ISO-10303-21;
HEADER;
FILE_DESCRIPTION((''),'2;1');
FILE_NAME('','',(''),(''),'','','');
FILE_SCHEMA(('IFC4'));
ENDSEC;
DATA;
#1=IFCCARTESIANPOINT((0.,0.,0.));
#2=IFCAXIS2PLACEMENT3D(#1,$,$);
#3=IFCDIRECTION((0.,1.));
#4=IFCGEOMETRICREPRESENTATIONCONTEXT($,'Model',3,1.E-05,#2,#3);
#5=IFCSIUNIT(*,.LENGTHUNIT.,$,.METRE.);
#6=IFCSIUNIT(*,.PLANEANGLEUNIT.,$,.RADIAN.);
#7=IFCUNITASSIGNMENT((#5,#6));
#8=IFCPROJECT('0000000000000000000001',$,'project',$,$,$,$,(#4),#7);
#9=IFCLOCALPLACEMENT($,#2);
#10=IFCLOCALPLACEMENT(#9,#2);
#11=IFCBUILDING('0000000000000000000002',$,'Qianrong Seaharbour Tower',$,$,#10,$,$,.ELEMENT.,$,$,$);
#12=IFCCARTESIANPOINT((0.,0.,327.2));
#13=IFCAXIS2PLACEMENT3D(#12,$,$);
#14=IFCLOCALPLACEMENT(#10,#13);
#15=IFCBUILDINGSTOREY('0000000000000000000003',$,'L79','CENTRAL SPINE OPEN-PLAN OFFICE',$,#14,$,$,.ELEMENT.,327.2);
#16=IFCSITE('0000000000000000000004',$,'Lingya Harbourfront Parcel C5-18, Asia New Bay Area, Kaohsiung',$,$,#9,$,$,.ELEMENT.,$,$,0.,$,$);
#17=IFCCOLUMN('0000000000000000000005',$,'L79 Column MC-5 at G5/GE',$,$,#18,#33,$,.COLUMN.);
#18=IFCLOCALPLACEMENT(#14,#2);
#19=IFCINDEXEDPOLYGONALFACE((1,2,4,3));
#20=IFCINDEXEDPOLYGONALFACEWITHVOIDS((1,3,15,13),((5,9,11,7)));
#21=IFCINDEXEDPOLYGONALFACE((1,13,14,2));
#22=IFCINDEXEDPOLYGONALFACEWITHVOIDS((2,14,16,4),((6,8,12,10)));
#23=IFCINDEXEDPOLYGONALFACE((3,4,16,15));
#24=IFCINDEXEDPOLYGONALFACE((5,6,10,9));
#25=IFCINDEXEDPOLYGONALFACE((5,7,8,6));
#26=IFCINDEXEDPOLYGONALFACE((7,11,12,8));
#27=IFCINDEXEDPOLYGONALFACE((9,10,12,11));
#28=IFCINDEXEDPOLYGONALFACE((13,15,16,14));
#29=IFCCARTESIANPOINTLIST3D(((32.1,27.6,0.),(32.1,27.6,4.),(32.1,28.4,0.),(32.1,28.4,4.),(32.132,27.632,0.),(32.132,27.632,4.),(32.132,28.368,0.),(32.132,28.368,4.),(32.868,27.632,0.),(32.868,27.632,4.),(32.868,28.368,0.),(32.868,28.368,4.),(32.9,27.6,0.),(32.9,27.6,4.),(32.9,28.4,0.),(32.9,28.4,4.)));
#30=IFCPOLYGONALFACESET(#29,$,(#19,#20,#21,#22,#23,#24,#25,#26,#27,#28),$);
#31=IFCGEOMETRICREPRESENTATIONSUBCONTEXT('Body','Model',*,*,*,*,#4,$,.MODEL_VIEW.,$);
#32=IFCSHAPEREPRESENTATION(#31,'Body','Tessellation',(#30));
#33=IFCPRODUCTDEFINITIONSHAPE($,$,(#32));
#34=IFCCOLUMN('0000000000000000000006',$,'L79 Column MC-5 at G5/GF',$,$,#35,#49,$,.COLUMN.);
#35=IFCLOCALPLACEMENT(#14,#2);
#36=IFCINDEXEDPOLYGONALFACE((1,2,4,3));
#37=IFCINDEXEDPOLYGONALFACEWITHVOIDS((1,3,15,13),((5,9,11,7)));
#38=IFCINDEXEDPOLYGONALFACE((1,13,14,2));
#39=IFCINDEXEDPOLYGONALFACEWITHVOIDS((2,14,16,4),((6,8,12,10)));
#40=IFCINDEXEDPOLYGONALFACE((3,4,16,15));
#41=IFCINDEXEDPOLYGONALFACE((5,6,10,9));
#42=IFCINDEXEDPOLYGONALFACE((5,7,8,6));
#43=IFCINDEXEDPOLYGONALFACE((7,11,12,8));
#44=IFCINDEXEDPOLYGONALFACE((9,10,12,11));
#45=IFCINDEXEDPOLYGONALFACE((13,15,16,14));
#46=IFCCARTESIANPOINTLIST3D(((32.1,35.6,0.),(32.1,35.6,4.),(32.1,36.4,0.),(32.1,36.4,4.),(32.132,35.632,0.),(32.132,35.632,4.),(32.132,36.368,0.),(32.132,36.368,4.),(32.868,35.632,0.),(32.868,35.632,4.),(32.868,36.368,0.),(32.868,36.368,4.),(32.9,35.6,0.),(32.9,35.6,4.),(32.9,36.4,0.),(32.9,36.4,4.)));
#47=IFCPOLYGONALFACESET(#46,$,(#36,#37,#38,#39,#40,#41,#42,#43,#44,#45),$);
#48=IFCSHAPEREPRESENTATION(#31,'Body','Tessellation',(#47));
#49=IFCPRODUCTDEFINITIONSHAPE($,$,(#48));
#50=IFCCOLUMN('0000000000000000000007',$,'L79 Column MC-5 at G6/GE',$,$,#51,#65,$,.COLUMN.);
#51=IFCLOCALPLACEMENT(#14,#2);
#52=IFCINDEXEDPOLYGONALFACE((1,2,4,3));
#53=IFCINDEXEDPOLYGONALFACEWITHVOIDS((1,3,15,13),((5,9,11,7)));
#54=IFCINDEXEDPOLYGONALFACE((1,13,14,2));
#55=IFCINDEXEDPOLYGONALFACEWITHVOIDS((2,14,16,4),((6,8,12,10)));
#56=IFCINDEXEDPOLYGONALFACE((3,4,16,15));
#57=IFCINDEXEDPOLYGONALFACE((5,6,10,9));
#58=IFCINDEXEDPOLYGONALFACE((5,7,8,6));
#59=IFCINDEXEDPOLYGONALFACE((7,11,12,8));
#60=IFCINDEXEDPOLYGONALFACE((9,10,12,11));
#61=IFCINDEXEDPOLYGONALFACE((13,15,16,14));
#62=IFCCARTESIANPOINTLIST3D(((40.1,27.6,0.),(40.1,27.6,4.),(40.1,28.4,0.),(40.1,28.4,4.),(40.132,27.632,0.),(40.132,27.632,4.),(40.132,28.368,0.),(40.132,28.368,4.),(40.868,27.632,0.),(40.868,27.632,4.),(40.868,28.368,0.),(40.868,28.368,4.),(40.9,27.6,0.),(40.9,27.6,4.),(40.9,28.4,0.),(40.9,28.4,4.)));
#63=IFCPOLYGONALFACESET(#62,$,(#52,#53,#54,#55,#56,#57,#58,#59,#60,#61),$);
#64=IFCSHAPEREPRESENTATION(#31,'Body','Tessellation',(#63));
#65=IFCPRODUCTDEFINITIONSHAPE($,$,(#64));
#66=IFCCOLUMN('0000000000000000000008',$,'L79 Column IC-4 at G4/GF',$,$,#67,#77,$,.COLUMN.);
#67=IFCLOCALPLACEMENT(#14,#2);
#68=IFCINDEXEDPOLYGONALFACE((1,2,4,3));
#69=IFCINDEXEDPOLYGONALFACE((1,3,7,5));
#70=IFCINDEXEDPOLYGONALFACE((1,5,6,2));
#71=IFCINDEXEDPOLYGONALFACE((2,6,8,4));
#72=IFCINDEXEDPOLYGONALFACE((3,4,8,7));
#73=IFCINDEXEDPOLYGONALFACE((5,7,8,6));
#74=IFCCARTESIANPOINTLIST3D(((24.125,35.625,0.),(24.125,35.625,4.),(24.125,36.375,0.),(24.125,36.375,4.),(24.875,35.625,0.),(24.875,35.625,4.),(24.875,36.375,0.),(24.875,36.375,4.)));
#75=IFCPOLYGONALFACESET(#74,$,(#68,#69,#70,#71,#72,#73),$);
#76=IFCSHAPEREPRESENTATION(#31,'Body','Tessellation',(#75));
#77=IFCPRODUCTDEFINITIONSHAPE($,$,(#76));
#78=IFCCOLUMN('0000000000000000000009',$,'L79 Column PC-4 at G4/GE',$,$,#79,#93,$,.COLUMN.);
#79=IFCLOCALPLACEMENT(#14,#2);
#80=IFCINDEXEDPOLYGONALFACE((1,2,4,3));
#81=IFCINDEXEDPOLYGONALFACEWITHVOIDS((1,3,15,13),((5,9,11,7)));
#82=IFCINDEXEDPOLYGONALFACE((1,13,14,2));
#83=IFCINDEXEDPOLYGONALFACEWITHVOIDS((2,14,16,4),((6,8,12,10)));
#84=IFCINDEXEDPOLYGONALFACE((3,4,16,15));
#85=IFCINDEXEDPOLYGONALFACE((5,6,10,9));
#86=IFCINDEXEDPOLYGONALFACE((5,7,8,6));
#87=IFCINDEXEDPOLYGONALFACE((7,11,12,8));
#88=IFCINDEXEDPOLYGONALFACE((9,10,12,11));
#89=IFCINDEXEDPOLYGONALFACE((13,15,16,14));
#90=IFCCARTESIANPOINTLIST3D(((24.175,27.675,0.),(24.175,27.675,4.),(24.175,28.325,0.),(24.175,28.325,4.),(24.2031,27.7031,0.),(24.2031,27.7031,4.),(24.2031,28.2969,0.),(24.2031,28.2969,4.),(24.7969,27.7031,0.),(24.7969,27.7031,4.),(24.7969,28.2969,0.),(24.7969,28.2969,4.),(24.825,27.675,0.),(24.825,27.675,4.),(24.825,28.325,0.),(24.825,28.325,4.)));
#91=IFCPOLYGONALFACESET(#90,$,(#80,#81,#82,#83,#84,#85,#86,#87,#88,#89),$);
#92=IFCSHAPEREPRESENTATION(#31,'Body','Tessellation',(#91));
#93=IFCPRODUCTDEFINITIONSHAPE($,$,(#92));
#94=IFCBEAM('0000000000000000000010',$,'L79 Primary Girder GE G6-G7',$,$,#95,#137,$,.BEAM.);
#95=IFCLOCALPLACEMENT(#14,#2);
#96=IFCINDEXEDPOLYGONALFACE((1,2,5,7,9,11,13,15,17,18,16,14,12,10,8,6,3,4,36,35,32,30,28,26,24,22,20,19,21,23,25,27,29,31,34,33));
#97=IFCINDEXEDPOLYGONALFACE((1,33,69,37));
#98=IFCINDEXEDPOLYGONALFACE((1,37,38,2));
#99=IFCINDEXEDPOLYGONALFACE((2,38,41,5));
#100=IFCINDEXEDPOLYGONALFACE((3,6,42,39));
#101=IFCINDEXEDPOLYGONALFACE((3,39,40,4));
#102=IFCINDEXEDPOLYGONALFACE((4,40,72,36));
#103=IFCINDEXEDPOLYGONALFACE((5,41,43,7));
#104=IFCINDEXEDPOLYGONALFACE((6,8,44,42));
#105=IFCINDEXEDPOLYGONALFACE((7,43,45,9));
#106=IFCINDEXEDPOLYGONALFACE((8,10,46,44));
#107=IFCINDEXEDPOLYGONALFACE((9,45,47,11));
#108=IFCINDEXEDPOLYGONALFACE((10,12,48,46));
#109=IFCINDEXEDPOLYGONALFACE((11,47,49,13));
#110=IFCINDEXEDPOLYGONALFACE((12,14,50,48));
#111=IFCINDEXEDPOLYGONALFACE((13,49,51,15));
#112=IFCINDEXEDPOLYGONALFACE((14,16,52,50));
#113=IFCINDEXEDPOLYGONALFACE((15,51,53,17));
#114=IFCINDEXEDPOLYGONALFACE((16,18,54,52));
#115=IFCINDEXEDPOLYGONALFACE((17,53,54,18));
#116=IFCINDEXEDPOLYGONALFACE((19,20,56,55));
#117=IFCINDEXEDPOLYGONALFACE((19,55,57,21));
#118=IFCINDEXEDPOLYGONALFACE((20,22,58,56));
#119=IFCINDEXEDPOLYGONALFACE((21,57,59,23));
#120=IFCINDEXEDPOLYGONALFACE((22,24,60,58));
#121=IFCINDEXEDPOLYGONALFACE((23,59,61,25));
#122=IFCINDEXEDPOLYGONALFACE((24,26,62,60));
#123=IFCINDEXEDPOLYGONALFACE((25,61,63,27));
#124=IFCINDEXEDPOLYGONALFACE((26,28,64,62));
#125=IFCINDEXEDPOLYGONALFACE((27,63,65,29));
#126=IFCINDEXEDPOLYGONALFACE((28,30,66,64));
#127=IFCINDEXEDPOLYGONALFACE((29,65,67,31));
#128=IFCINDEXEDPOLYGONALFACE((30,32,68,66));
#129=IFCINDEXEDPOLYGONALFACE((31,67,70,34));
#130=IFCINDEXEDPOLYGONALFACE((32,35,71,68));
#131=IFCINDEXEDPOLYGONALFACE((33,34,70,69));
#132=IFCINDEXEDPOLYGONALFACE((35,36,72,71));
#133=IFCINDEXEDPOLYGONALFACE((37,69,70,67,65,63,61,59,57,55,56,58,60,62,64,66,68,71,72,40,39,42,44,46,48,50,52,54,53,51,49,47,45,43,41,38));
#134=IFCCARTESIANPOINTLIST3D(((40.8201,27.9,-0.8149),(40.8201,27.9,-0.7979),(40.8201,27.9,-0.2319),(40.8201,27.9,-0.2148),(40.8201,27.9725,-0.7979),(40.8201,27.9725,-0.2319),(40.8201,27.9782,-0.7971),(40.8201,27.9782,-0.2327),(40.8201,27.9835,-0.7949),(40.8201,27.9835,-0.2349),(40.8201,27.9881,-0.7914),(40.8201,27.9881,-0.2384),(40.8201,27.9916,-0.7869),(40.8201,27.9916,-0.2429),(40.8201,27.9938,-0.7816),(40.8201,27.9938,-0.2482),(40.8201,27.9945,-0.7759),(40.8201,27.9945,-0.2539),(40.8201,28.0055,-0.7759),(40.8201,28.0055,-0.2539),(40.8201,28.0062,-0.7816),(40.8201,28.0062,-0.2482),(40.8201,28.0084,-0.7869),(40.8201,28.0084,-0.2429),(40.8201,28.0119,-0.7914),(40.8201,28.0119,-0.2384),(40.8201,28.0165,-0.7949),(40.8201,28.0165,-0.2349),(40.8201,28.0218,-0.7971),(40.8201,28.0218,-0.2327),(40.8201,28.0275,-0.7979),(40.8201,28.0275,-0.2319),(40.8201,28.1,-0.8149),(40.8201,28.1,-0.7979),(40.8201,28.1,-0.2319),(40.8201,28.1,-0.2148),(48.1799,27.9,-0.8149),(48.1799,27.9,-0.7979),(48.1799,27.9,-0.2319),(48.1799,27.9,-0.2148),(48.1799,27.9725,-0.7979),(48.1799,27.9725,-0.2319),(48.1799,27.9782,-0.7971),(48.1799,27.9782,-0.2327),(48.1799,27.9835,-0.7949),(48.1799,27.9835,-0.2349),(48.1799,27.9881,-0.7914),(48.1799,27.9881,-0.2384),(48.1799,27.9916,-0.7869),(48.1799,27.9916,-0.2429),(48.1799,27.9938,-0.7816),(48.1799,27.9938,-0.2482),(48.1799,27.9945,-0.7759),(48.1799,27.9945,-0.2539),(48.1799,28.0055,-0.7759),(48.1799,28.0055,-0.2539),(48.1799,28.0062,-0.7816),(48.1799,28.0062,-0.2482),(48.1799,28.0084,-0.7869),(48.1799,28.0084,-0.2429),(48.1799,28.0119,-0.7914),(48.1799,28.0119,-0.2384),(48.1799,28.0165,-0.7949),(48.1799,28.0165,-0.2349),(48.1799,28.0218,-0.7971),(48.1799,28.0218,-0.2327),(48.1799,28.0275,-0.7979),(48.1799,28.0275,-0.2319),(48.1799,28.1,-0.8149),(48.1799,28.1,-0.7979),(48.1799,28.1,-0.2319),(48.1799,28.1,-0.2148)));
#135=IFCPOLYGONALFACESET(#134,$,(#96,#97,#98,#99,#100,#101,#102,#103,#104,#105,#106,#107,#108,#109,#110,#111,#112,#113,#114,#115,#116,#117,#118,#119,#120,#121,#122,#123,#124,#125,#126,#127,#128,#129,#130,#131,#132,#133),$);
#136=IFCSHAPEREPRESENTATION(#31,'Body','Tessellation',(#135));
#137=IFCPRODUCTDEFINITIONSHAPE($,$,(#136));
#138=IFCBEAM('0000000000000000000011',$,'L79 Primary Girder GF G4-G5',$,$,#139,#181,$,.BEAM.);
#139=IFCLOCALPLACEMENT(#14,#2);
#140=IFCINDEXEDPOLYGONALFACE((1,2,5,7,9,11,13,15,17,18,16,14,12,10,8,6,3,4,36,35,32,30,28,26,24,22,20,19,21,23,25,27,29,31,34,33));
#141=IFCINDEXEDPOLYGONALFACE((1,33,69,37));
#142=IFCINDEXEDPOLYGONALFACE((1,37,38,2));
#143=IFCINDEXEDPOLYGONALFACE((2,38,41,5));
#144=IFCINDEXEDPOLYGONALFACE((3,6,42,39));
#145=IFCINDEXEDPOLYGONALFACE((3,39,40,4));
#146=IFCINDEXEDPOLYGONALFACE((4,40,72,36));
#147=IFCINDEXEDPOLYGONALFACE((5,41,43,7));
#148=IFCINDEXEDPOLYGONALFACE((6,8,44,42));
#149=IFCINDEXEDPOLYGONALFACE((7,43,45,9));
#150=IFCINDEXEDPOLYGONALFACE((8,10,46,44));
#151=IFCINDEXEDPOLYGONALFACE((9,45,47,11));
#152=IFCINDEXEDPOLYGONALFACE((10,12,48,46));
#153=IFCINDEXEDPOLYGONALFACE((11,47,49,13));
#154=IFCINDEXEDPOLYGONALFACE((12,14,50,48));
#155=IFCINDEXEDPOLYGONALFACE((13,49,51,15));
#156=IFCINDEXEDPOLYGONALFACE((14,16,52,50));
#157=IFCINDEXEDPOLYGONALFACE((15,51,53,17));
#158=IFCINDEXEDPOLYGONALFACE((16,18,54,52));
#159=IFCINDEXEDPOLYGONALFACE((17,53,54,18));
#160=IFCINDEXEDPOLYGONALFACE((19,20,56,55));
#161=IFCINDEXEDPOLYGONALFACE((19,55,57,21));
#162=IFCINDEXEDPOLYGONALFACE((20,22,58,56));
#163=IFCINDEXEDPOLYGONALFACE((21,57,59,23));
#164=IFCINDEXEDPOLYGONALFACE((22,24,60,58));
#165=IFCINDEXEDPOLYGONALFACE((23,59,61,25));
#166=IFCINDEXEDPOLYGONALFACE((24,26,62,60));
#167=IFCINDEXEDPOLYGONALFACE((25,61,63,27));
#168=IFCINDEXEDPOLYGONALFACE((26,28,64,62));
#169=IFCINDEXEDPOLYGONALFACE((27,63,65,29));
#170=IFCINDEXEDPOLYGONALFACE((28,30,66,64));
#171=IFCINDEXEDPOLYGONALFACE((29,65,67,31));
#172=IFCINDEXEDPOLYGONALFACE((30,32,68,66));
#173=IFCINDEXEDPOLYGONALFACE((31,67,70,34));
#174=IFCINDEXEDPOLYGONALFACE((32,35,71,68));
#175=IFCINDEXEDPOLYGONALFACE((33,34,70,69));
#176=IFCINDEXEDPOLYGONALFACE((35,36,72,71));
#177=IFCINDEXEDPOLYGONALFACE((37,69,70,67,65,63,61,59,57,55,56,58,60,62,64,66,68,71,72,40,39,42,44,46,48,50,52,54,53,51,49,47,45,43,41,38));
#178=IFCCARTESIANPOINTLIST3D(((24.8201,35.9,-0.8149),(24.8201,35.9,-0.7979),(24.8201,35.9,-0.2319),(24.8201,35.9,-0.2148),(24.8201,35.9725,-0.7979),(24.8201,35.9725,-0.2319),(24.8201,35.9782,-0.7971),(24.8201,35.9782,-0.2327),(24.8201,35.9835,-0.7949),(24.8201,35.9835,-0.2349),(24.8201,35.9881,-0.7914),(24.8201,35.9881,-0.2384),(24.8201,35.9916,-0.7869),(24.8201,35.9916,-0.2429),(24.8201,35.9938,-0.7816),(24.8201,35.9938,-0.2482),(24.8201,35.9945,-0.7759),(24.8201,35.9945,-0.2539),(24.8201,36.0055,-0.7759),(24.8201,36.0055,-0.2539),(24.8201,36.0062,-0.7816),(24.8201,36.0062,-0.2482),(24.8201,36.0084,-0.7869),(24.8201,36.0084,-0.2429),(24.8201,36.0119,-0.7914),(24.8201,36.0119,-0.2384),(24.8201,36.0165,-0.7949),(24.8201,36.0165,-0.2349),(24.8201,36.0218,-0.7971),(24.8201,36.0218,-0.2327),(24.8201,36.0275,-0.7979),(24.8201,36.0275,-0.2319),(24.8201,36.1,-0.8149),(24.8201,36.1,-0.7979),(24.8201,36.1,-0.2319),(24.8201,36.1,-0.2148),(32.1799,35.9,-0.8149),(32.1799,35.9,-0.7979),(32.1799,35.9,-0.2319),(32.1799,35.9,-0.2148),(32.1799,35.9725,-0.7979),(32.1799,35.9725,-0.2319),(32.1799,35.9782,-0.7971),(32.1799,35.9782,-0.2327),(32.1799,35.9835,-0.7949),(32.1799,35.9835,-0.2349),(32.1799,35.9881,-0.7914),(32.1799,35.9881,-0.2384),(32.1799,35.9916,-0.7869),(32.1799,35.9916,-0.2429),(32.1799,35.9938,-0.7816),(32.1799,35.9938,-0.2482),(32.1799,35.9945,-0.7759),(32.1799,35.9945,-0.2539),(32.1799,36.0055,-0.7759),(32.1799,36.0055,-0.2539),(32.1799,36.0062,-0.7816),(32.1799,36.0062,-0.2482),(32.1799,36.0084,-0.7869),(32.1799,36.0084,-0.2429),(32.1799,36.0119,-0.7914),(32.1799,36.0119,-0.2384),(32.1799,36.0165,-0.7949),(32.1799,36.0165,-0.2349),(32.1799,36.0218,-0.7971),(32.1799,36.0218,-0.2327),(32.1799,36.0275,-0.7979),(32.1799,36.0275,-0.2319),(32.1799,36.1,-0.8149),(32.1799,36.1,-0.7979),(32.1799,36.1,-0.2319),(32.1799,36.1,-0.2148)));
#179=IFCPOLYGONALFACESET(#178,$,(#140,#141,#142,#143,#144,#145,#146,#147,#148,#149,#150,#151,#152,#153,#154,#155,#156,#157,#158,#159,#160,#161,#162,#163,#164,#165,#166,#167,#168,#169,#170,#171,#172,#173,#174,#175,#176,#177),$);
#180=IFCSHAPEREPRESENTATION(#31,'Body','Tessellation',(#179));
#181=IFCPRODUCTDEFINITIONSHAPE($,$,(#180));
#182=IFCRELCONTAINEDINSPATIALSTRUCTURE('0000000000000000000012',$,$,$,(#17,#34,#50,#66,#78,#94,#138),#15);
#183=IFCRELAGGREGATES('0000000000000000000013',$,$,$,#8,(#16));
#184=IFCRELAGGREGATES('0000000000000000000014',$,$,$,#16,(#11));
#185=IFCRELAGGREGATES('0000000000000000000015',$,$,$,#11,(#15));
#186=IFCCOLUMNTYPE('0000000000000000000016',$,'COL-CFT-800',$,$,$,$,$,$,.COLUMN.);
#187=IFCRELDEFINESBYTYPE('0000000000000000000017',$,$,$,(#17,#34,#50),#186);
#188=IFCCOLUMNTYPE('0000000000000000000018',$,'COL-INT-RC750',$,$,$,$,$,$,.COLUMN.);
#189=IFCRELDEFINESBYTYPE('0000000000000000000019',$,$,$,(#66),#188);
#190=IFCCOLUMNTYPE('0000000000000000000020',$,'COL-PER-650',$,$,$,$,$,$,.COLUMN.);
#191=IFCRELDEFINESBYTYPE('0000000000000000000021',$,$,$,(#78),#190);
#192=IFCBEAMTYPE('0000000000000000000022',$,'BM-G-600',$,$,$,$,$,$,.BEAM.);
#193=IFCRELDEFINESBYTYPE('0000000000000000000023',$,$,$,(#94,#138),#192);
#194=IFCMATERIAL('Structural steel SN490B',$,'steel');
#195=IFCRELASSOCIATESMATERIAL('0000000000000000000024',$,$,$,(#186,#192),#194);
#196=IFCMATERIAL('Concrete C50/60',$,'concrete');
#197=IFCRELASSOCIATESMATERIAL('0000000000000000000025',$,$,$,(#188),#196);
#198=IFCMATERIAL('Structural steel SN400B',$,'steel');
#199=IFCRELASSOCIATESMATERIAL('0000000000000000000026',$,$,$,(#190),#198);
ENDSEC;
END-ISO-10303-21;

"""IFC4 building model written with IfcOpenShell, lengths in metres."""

from ifc_helpers import new_model, si_unit, direction, frame, origin, origin_2d, place, context, subcontext, project, spatial, rectangle, hollow_rectangle, i_section, extrude, material, material_profile, profile_set, type_object, element, save


model = new_model("IFC4")

# Units and contexts
model_context = context("Model", 3, precision=1e-05, world=origin(), true_north=direction((0.0, 1.0)))
body_context = subcontext(model_context, "Body", "Model", "MODEL_VIEW")
ifc_project = project(units=[si_unit("LENGTHUNIT", "METRE"), si_unit("PLANEANGLEUNIT", "RADIAN")], contexts=[model_context])

# Site, building, storey
site_placement = place(None, origin())
site = spatial("IfcSite", under=ifc_project, at=site_placement, Name="Lingya Harbourfront Parcel C5-18, Asia New Bay Area, Kaohsiung", CompositionType="ELEMENT", RefElevation=0.0)
building_placement = place(site_placement, origin())
building = spatial("IfcBuilding", under=site, at=building_placement, Name="Qianrong Seaharbour Tower", CompositionType="ELEMENT")
storey_placement = place(building_placement, frame((0.0, 0.0, 327.2)))
storey = spatial("IfcBuildingStorey", under=building, at=storey_placement, Name="L79", Description="CENTRAL SPINE OPEN-PLAN OFFICE", CompositionType="ELEMENT", Elevation=327.2)

# Columns
ifc_material_1 = material(Name="Structural steel SN490B", Category="steel")
ifc_material_profile_1 = material_profile(ifc_material_1, hollow_rectangle(XDim=0.8, YDim=0.8, WallThickness=0.032, at=origin_2d()), Name="BOX800x800x32")
ifc_profile_set_1 = profile_set([ifc_material_profile_1], Name="Structural steel SN490B")
column_type_1 = type_object("IfcColumnType", Name="COL-CFT-800", PredefinedType="COLUMN", material=ifc_profile_set_1)
for number, where, z_axis, x_axis, name in (
    (1, (32.5, 28.0, 0.0), (0.0, 0.0, 1.0), (1.0, 0.0, 0.0), "L79 Column MC-5 at G5/GE"),
    (2, (32.5, 36.0, 0.0), (0.0, 0.0, 1.0), (1.0, 0.0, 0.0), "L79 Column MC-5 at G5/GF"),
    (3, (40.5, 28.0, 0.0), (0.0, 0.0, 1.0), (1.0, 0.0, 0.0), "L79 Column MC-5 at G6/GE"),
):
    element("IfcColumn", number, at=place(storey_placement, frame(where, z_axis=z_axis, x_axis=x_axis)), inside=storey, type_object=column_type_1, Name=name, PredefinedType="COLUMN", context=body_context, shape_type="SweptSolid", body=[
        extrude(hollow_rectangle(XDim=0.8, YDim=0.8, WallThickness=0.032, at=origin_2d()), origin(), (0.0, 0.0, 1.0), 4.0),
    ])
ifc_material_2 = material(Name="Concrete C50/60", Category="concrete")
ifc_material_profile_2 = material_profile(ifc_material_2, rectangle(XDim=0.75, YDim=0.75, at=origin_2d()), Name="RC750x750")
ifc_profile_set_2 = profile_set([ifc_material_profile_2], Name="Concrete C50/60")
column_type_2 = type_object("IfcColumnType", Name="COL-INT-RC750", PredefinedType="COLUMN", material=ifc_profile_set_2)
column_1_placement = place(storey_placement, frame((24.5, 36.0, 0.0), z_axis=(0.0, 0.0, 1.0), x_axis=(1.0, 0.0, 0.0)))
element("IfcColumn", 4, at=column_1_placement, inside=storey, type_object=column_type_2, Name="L79 Column IC-4 at G4/GF", PredefinedType="COLUMN", context=body_context, shape_type="SweptSolid", body=[
    extrude(rectangle(XDim=0.75, YDim=0.75, at=origin_2d()), origin(), (0.0, 0.0, 1.0), 4.0),
])
ifc_material_3 = material(Name="Structural steel SN400B", Category="steel")
ifc_material_profile_3 = material_profile(ifc_material_3, hollow_rectangle(XDim=0.6499, YDim=0.6499, WallThickness=0.0281, at=origin_2d()), Name="BOX650x650x28")
ifc_profile_set_3 = profile_set([ifc_material_profile_3], Name="Structural steel SN400B")
column_type_3 = type_object("IfcColumnType", Name="COL-PER-650", PredefinedType="COLUMN", material=ifc_profile_set_3)
column_2_placement = place(storey_placement, frame((24.5, 28.0, 0.0), z_axis=(0.0, 0.0, 1.0), x_axis=(1.0, 0.0, 0.0)))
element("IfcColumn", 5, at=column_2_placement, inside=storey, type_object=column_type_3, Name="L79 Column PC-4 at G4/GE", PredefinedType="COLUMN", context=body_context, shape_type="SweptSolid", body=[
    extrude(hollow_rectangle(XDim=0.6499, YDim=0.6499, WallThickness=0.0281, at=origin_2d()), origin(), (0.0, 0.0, 1.0), 4.0),
])

# Beams
ifc_material_profile_4 = material_profile(ifc_material_1, i_section(OverallWidth=0.2, OverallDepth=0.6001, WebThickness=0.011, FlangeThickness=0.0171, FilletRadius=0.022, at=origin_2d()), Name="H600x200x11x17")
ifc_profile_set_4 = profile_set([ifc_material_profile_4], Name="Structural steel SN490B")
beam_type_1 = type_object("IfcBeamType", Name="BM-G-600", PredefinedType="BEAM", material=ifc_profile_set_4)
for number, where, z_axis, x_axis, name in (
    (6, (40.8201, 28.0, -0.5149), (1.0, 0.0, 0.0), (0.0, 1.0, 0.0), "L79 Primary Girder GE G6-G7"),
    (7, (24.8201, 36.0, -0.5149), (1.0, 0.0, 0.0), (0.0, 1.0, 0.0), "L79 Primary Girder GF G4-G5"),
):
    element("IfcBeam", number, at=place(storey_placement, frame(where, z_axis=z_axis, x_axis=x_axis)), inside=storey, type_object=beam_type_1, Name=name, PredefinedType="BEAM", context=body_context, shape_type="SweptSolid", body=[
        extrude(i_section(OverallWidth=0.2, OverallDepth=0.6001, WebThickness=0.011, FlangeThickness=0.0171, FilletRadius=0.022, at=origin_2d()), origin(), (0.0, 0.0, 1.0), 7.3599),
    ])

save(model, "model.ifc")
